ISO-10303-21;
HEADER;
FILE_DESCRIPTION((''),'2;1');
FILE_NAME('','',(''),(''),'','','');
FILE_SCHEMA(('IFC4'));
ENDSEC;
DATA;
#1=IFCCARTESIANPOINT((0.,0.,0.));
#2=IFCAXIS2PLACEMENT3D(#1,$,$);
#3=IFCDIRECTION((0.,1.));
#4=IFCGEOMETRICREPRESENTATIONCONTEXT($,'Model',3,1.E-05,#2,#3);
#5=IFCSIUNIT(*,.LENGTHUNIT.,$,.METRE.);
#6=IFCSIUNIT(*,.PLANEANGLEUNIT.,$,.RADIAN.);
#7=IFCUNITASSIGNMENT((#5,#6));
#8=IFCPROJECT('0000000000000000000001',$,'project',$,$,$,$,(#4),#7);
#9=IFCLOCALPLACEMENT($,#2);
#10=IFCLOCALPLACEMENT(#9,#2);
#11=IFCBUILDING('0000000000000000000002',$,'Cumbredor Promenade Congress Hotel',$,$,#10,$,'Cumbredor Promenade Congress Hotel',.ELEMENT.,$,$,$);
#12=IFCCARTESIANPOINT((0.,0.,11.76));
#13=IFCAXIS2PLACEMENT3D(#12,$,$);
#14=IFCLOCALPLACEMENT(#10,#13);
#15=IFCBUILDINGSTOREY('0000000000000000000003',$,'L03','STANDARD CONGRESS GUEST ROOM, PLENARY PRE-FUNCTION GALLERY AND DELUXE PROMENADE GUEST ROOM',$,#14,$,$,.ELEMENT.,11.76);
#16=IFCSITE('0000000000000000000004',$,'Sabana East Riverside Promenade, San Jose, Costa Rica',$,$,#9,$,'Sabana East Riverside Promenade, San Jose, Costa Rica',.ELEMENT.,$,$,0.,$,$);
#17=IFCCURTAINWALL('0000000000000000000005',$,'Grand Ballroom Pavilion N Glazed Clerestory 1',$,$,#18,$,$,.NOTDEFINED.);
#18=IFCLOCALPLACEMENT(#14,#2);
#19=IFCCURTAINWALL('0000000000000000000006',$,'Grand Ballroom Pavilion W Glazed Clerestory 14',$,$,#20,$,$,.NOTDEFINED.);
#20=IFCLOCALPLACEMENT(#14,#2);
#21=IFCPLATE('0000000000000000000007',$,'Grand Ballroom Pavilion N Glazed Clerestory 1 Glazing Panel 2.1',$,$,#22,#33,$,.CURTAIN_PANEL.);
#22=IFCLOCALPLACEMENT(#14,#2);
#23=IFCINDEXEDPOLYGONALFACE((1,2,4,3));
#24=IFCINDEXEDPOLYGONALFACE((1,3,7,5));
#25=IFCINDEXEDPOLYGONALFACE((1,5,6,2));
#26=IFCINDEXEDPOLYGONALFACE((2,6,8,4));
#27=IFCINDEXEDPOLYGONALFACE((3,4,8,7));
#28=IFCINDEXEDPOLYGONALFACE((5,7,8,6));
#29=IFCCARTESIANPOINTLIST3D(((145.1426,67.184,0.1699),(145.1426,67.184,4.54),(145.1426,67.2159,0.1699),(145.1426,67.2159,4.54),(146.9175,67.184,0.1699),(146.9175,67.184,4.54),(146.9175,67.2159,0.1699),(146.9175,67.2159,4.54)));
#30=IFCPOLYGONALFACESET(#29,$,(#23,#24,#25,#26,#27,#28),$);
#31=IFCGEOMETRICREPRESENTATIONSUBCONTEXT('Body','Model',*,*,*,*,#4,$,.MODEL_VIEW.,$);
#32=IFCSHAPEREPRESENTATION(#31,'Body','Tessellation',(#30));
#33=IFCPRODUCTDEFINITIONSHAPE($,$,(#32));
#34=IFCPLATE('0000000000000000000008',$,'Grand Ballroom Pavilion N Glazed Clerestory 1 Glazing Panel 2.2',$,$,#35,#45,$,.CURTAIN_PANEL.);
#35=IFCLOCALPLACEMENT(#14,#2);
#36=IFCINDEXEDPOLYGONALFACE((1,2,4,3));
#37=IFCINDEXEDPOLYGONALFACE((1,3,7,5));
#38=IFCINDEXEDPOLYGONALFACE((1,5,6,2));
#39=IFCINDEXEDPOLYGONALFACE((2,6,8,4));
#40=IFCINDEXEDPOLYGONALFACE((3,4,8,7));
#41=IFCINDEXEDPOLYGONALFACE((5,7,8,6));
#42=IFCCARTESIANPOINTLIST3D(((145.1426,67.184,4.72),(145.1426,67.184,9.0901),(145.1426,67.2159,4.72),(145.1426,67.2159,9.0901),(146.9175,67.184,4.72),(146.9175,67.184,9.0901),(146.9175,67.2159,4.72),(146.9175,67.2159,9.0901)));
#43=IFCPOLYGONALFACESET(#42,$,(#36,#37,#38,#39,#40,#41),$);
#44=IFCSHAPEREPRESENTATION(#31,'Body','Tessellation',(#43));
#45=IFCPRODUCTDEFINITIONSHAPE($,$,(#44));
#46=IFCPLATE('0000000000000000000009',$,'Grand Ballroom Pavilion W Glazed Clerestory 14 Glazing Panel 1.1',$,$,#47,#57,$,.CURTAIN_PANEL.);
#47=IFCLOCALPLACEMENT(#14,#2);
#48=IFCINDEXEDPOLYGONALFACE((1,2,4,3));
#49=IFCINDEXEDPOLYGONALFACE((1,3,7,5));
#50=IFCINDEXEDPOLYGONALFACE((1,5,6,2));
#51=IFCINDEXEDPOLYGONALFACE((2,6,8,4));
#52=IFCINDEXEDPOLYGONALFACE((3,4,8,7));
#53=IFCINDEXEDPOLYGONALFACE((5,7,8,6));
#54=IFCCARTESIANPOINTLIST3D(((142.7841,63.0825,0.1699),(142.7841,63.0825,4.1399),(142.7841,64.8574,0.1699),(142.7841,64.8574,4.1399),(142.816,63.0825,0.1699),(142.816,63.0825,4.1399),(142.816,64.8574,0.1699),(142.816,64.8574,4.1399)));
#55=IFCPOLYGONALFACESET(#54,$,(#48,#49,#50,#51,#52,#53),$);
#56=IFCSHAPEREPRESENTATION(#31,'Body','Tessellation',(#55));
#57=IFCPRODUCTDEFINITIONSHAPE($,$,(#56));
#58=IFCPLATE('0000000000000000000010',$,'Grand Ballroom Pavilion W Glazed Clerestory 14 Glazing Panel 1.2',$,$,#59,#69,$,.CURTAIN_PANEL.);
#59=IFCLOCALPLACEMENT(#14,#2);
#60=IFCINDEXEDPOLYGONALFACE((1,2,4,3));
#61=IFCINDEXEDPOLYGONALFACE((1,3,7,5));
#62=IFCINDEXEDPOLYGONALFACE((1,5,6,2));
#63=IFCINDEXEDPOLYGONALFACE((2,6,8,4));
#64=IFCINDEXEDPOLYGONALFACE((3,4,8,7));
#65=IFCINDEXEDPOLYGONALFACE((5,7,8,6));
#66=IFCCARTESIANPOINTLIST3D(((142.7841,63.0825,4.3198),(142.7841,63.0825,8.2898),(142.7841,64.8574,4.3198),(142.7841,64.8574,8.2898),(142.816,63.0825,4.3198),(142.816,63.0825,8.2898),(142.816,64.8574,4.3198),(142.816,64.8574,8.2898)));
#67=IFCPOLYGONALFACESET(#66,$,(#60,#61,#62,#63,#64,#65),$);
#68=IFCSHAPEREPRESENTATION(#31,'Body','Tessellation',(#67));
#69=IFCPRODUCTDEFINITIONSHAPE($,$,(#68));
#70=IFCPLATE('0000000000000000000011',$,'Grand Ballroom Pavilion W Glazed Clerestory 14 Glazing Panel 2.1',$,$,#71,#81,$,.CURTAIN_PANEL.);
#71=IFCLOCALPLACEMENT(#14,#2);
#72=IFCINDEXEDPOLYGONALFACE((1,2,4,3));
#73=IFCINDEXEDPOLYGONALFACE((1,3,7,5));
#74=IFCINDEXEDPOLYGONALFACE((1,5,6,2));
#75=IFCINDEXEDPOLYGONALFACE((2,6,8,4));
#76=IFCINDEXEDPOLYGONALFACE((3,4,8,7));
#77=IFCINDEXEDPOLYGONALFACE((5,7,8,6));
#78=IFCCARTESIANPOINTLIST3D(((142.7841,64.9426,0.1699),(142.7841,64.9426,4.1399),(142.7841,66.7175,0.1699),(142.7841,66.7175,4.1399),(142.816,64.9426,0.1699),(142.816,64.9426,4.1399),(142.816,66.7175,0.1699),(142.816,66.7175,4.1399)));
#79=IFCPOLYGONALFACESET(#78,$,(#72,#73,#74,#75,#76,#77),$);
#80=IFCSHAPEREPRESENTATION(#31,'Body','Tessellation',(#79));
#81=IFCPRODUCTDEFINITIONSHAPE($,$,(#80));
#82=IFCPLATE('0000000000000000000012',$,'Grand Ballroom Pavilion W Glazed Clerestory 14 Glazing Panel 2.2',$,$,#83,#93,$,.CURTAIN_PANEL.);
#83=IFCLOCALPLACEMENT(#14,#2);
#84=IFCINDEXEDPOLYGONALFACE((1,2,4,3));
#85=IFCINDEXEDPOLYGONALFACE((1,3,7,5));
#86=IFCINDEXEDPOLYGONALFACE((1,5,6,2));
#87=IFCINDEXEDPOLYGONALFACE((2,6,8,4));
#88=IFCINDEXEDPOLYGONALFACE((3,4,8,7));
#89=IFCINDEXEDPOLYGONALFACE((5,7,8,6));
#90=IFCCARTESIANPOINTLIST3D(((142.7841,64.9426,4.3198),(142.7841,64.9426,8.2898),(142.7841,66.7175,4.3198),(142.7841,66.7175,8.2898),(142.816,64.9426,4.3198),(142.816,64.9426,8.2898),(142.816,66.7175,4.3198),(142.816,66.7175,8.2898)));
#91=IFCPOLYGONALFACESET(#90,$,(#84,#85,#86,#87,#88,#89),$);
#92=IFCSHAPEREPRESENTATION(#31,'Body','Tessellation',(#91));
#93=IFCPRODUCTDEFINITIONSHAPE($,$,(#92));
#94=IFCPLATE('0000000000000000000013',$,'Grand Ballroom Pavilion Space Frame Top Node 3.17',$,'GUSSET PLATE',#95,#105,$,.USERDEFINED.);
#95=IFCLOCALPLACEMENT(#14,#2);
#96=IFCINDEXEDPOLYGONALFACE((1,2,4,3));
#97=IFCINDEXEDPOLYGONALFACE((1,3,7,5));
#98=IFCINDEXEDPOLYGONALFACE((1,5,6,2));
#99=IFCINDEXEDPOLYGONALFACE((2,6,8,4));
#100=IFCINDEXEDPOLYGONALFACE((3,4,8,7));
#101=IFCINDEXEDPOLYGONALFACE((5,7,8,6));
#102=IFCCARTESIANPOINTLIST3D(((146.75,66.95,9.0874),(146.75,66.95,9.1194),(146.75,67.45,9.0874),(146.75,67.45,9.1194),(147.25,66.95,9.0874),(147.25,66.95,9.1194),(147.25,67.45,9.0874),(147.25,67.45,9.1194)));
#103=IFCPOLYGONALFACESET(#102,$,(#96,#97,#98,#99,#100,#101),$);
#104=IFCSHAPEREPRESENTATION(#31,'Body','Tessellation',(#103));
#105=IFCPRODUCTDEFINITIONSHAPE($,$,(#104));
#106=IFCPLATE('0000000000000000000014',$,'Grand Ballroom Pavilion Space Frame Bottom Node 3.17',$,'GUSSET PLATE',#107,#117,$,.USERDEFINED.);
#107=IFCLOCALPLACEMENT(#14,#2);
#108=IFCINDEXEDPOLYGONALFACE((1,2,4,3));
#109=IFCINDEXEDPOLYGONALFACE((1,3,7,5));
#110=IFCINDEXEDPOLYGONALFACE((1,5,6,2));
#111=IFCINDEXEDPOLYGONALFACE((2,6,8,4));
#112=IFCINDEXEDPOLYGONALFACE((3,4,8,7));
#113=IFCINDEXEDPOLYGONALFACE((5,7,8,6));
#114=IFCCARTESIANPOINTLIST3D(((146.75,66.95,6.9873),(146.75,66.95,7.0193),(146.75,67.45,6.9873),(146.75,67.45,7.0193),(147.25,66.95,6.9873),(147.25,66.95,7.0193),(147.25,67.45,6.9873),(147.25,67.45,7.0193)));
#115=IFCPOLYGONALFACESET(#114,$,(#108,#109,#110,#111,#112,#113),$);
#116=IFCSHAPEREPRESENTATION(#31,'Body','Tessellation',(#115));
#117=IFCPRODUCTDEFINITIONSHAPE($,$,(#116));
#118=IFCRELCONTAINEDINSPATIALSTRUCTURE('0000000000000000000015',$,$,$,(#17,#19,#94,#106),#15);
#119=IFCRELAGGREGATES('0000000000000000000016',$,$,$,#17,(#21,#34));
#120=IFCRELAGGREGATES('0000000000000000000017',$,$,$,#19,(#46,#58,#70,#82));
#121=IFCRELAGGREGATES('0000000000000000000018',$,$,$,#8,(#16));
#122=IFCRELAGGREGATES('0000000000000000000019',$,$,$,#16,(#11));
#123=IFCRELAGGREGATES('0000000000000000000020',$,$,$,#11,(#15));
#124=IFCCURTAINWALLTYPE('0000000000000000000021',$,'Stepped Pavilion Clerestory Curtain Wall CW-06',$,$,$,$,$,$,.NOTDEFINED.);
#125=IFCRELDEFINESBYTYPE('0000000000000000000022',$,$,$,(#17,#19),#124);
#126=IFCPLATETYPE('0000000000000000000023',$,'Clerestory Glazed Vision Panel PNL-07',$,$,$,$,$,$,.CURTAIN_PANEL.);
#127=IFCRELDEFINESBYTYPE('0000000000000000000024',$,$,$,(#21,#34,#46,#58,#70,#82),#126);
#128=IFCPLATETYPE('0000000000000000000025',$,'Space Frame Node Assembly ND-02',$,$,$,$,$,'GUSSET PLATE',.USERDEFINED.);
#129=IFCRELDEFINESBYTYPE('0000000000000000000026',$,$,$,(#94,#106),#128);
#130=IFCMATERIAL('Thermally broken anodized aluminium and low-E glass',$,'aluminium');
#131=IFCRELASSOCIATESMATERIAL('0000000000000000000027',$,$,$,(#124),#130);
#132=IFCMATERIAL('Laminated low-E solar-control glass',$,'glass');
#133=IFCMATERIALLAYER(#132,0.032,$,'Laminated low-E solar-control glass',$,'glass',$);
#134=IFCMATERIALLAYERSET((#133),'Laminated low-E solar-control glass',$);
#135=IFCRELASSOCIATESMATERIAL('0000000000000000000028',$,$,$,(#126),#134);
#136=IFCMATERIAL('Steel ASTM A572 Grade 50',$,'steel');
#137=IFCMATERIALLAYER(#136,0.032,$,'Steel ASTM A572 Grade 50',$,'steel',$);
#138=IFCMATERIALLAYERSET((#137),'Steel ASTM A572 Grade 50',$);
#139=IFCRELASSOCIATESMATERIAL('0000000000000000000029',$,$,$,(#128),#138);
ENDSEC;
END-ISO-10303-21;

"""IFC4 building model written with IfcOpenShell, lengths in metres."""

from ifc_helpers import new_model, si_unit, direction, frame, origin, origin_2d, place, context, subcontext, project, spatial, rectangle, extrude, material, layer, layer_set, type_object, element, aggregate, save


model = new_model("IFC4")

# Units and contexts
model_context = context("Model", 3, precision=1e-05, world=origin(), true_north=direction((0.0, 1.0)))
body_context = subcontext(model_context, "Body", "Model", "MODEL_VIEW")
ifc_project = project(units=[si_unit("LENGTHUNIT", "METRE"), si_unit("PLANEANGLEUNIT", "RADIAN")], contexts=[model_context])

# Site, building, storey
site_placement = place(None, origin())
site = spatial("IfcSite", under=ifc_project, at=site_placement, Name="Sabana East Riverside Promenade, San Jose, Costa Rica", LongName="Sabana East Riverside Promenade, San Jose, Costa Rica", CompositionType="ELEMENT", RefElevation=0.0)
building_placement = place(site_placement, origin())
building = spatial("IfcBuilding", under=site, at=building_placement, Name="Cumbredor Promenade Congress Hotel", LongName="Cumbredor Promenade Congress Hotel", CompositionType="ELEMENT")
storey_placement = place(building_placement, frame((0.0, 0.0, 11.76)))
storey = spatial("IfcBuildingStorey", under=building, at=storey_placement, Name="L03", Description="STANDARD CONGRESS GUEST ROOM, PLENARY PRE-FUNCTION GALLERY AND DELUXE PROMENADE GUEST ROOM", CompositionType="ELEMENT", Elevation=11.76)

# Curtain wall
ifc_material_1 = material(Name="Thermally broken anodized aluminium and low-E glass", Category="aluminium")
curtain_wall_type = type_object("IfcCurtainWallType", Name="Stepped Pavilion Clerestory Curtain Wall CW-06", PredefinedType="NOTDEFINED", material=ifc_material_1)
curtain_wall_1_placement = place(storey_placement, origin())
curtain_wall_1 = element("IfcCurtainWall", 1, at=curtain_wall_1_placement, inside=storey, type_object=curtain_wall_type, Name="Grand Ballroom Pavilion N Glazed Clerestory 1", PredefinedType="NOTDEFINED")

# Curtain wall
curtain_wall_2_placement = place(storey_placement, origin())
curtain_wall_2 = element("IfcCurtainWall", 2, at=curtain_wall_2_placement, inside=storey, type_object=curtain_wall_type, Name="Grand Ballroom Pavilion W Glazed Clerestory 14", PredefinedType="NOTDEFINED")

# Plates
ifc_material_2 = material(Name="Laminated low-E solar-control glass", Category="glass")
ifc_layer_1 = layer(ifc_material_2, 0.032, Name="Laminated low-E solar-control glass", Category="glass")
ifc_layer_set_1 = layer_set([ifc_layer_1], Name="Laminated low-E solar-control glass")
plate_type_1 = type_object("IfcPlateType", Name="Clerestory Glazed Vision Panel PNL-07", PredefinedType="CURTAIN_PANEL", material=ifc_layer_set_1)
plate_1_placement = place(storey_placement, frame((146.03, 67.2, 0.1699), z_axis=(0.0, 0.0, 1.0), x_axis=(1.0, 0.0, 0.0)))
plate_1 = element("IfcPlate", 3, at=plate_1_placement, type_object=plate_type_1, Name="Grand Ballroom Pavilion N Glazed Clerestory 1 Glazing Panel 2.1", PredefinedType="CURTAIN_PANEL", context=body_context, shape_type="SweptSolid", body=[
    extrude(rectangle(XDim=1.7749, YDim=0.032, at=origin_2d()), origin(), (0.0, 0.0, 1.0), 4.3701),
])
plate_2_placement = place(storey_placement, frame((146.03, 67.2, 4.72), z_axis=(0.0, 0.0, 1.0), x_axis=(1.0, 0.0, 0.0)))
plate_2 = element("IfcPlate", 4, at=plate_2_placement, type_object=plate_type_1, Name="Grand Ballroom Pavilion N Glazed Clerestory 1 Glazing Panel 2.2", PredefinedType="CURTAIN_PANEL", context=body_context, shape_type="SweptSolid", body=[
    extrude(rectangle(XDim=1.7749, YDim=0.032, at=origin_2d()), origin(), (0.0, 0.0, 1.0), 4.3701),
])
aggregate(curtain_wall_1, [plate_1, plate_2])
plate_3_placement = place(storey_placement, frame((142.8, 63.97, 0.1699), z_axis=(0.0, 0.0, 1.0), x_axis=(0.0, 1.0, 0.0)))
plate_3 = element("IfcPlate", 5, at=plate_3_placement, type_object=plate_type_1, Name="Grand Ballroom Pavilion W Glazed Clerestory 14 Glazing Panel 1.1", PredefinedType="CURTAIN_PANEL", context=body_context, shape_type="SweptSolid", body=[
    extrude(rectangle(XDim=1.7749, YDim=0.032, at=origin_2d()), origin(), (0.0, 0.0, 1.0), 3.97),
])
plate_4_placement = place(storey_placement, frame((142.8, 63.97, 4.3198), z_axis=(0.0, 0.0, 1.0), x_axis=(0.0, 1.0, 0.0)))
plate_4 = element("IfcPlate", 6, at=plate_4_placement, type_object=plate_type_1, Name="Grand Ballroom Pavilion W Glazed Clerestory 14 Glazing Panel 1.2", PredefinedType="CURTAIN_PANEL", context=body_context, shape_type="SweptSolid", body=[
    extrude(rectangle(XDim=1.7749, YDim=0.032, at=origin_2d()), origin(), (0.0, 0.0, 1.0), 3.97),
])
plate_5_placement = place(storey_placement, frame((142.8, 65.8301, 0.1699), z_axis=(0.0, 0.0, 1.0), x_axis=(0.0, 1.0, 0.0)))
plate_5 = element("IfcPlate", 7, at=plate_5_placement, type_object=plate_type_1, Name="Grand Ballroom Pavilion W Glazed Clerestory 14 Glazing Panel 2.1", PredefinedType="CURTAIN_PANEL", context=body_context, shape_type="SweptSolid", body=[
    extrude(rectangle(XDim=1.7749, YDim=0.032, at=origin_2d()), origin(), (0.0, 0.0, 1.0), 3.97),
])
plate_6_placement = place(storey_placement, frame((142.8, 65.8301, 4.3198), z_axis=(0.0, 0.0, 1.0), x_axis=(0.0, 1.0, 0.0)))
plate_6 = element("IfcPlate", 8, at=plate_6_placement, type_object=plate_type_1, Name="Grand Ballroom Pavilion W Glazed Clerestory 14 Glazing Panel 2.2", PredefinedType="CURTAIN_PANEL", context=body_context, shape_type="SweptSolid", body=[
    extrude(rectangle(XDim=1.7749, YDim=0.032, at=origin_2d()), origin(), (0.0, 0.0, 1.0), 3.97),
])
aggregate(curtain_wall_2, [plate_3, plate_4, plate_5, plate_6])

# Plates
ifc_material_3 = material(Name="Steel ASTM A572 Grade 50", Category="steel")
ifc_layer_2 = layer(ifc_material_3, 0.032, Name="Steel ASTM A572 Grade 50", Category="steel")
ifc_layer_set_2 = layer_set([ifc_layer_2], Name="Steel ASTM A572 Grade 50")
plate_type_2 = type_object("IfcPlateType", Name="Space Frame Node Assembly ND-02", ElementType="GUSSET PLATE", PredefinedType="USERDEFINED", material=ifc_layer_set_2)
for number, where, z_axis, x_axis, name in (
    (9, (147.0, 67.2, 9.0874), (0.0, 0.0, 1.0), (1.0, 0.0, 0.0), "Grand Ballroom Pavilion Space Frame Top Node 3.17"),
    (10, (147.0, 67.2, 6.9873), (0.0, 0.0, 1.0), (1.0, 0.0, 0.0), "Grand Ballroom Pavilion Space Frame Bottom Node 3.17"),
):
    element("IfcPlate", number, at=place(storey_placement, frame(where, z_axis=z_axis, x_axis=x_axis)), inside=storey, type_object=plate_type_2, Name=name, ObjectType="GUSSET PLATE", PredefinedType="USERDEFINED", context=body_context, shape_type="SweptSolid", body=[
        extrude(rectangle(XDim=0.5, YDim=0.5, at=origin_2d()), origin(), (0.0, 0.0, 1.0), 0.032),
    ])

save(model, "model.ifc")
